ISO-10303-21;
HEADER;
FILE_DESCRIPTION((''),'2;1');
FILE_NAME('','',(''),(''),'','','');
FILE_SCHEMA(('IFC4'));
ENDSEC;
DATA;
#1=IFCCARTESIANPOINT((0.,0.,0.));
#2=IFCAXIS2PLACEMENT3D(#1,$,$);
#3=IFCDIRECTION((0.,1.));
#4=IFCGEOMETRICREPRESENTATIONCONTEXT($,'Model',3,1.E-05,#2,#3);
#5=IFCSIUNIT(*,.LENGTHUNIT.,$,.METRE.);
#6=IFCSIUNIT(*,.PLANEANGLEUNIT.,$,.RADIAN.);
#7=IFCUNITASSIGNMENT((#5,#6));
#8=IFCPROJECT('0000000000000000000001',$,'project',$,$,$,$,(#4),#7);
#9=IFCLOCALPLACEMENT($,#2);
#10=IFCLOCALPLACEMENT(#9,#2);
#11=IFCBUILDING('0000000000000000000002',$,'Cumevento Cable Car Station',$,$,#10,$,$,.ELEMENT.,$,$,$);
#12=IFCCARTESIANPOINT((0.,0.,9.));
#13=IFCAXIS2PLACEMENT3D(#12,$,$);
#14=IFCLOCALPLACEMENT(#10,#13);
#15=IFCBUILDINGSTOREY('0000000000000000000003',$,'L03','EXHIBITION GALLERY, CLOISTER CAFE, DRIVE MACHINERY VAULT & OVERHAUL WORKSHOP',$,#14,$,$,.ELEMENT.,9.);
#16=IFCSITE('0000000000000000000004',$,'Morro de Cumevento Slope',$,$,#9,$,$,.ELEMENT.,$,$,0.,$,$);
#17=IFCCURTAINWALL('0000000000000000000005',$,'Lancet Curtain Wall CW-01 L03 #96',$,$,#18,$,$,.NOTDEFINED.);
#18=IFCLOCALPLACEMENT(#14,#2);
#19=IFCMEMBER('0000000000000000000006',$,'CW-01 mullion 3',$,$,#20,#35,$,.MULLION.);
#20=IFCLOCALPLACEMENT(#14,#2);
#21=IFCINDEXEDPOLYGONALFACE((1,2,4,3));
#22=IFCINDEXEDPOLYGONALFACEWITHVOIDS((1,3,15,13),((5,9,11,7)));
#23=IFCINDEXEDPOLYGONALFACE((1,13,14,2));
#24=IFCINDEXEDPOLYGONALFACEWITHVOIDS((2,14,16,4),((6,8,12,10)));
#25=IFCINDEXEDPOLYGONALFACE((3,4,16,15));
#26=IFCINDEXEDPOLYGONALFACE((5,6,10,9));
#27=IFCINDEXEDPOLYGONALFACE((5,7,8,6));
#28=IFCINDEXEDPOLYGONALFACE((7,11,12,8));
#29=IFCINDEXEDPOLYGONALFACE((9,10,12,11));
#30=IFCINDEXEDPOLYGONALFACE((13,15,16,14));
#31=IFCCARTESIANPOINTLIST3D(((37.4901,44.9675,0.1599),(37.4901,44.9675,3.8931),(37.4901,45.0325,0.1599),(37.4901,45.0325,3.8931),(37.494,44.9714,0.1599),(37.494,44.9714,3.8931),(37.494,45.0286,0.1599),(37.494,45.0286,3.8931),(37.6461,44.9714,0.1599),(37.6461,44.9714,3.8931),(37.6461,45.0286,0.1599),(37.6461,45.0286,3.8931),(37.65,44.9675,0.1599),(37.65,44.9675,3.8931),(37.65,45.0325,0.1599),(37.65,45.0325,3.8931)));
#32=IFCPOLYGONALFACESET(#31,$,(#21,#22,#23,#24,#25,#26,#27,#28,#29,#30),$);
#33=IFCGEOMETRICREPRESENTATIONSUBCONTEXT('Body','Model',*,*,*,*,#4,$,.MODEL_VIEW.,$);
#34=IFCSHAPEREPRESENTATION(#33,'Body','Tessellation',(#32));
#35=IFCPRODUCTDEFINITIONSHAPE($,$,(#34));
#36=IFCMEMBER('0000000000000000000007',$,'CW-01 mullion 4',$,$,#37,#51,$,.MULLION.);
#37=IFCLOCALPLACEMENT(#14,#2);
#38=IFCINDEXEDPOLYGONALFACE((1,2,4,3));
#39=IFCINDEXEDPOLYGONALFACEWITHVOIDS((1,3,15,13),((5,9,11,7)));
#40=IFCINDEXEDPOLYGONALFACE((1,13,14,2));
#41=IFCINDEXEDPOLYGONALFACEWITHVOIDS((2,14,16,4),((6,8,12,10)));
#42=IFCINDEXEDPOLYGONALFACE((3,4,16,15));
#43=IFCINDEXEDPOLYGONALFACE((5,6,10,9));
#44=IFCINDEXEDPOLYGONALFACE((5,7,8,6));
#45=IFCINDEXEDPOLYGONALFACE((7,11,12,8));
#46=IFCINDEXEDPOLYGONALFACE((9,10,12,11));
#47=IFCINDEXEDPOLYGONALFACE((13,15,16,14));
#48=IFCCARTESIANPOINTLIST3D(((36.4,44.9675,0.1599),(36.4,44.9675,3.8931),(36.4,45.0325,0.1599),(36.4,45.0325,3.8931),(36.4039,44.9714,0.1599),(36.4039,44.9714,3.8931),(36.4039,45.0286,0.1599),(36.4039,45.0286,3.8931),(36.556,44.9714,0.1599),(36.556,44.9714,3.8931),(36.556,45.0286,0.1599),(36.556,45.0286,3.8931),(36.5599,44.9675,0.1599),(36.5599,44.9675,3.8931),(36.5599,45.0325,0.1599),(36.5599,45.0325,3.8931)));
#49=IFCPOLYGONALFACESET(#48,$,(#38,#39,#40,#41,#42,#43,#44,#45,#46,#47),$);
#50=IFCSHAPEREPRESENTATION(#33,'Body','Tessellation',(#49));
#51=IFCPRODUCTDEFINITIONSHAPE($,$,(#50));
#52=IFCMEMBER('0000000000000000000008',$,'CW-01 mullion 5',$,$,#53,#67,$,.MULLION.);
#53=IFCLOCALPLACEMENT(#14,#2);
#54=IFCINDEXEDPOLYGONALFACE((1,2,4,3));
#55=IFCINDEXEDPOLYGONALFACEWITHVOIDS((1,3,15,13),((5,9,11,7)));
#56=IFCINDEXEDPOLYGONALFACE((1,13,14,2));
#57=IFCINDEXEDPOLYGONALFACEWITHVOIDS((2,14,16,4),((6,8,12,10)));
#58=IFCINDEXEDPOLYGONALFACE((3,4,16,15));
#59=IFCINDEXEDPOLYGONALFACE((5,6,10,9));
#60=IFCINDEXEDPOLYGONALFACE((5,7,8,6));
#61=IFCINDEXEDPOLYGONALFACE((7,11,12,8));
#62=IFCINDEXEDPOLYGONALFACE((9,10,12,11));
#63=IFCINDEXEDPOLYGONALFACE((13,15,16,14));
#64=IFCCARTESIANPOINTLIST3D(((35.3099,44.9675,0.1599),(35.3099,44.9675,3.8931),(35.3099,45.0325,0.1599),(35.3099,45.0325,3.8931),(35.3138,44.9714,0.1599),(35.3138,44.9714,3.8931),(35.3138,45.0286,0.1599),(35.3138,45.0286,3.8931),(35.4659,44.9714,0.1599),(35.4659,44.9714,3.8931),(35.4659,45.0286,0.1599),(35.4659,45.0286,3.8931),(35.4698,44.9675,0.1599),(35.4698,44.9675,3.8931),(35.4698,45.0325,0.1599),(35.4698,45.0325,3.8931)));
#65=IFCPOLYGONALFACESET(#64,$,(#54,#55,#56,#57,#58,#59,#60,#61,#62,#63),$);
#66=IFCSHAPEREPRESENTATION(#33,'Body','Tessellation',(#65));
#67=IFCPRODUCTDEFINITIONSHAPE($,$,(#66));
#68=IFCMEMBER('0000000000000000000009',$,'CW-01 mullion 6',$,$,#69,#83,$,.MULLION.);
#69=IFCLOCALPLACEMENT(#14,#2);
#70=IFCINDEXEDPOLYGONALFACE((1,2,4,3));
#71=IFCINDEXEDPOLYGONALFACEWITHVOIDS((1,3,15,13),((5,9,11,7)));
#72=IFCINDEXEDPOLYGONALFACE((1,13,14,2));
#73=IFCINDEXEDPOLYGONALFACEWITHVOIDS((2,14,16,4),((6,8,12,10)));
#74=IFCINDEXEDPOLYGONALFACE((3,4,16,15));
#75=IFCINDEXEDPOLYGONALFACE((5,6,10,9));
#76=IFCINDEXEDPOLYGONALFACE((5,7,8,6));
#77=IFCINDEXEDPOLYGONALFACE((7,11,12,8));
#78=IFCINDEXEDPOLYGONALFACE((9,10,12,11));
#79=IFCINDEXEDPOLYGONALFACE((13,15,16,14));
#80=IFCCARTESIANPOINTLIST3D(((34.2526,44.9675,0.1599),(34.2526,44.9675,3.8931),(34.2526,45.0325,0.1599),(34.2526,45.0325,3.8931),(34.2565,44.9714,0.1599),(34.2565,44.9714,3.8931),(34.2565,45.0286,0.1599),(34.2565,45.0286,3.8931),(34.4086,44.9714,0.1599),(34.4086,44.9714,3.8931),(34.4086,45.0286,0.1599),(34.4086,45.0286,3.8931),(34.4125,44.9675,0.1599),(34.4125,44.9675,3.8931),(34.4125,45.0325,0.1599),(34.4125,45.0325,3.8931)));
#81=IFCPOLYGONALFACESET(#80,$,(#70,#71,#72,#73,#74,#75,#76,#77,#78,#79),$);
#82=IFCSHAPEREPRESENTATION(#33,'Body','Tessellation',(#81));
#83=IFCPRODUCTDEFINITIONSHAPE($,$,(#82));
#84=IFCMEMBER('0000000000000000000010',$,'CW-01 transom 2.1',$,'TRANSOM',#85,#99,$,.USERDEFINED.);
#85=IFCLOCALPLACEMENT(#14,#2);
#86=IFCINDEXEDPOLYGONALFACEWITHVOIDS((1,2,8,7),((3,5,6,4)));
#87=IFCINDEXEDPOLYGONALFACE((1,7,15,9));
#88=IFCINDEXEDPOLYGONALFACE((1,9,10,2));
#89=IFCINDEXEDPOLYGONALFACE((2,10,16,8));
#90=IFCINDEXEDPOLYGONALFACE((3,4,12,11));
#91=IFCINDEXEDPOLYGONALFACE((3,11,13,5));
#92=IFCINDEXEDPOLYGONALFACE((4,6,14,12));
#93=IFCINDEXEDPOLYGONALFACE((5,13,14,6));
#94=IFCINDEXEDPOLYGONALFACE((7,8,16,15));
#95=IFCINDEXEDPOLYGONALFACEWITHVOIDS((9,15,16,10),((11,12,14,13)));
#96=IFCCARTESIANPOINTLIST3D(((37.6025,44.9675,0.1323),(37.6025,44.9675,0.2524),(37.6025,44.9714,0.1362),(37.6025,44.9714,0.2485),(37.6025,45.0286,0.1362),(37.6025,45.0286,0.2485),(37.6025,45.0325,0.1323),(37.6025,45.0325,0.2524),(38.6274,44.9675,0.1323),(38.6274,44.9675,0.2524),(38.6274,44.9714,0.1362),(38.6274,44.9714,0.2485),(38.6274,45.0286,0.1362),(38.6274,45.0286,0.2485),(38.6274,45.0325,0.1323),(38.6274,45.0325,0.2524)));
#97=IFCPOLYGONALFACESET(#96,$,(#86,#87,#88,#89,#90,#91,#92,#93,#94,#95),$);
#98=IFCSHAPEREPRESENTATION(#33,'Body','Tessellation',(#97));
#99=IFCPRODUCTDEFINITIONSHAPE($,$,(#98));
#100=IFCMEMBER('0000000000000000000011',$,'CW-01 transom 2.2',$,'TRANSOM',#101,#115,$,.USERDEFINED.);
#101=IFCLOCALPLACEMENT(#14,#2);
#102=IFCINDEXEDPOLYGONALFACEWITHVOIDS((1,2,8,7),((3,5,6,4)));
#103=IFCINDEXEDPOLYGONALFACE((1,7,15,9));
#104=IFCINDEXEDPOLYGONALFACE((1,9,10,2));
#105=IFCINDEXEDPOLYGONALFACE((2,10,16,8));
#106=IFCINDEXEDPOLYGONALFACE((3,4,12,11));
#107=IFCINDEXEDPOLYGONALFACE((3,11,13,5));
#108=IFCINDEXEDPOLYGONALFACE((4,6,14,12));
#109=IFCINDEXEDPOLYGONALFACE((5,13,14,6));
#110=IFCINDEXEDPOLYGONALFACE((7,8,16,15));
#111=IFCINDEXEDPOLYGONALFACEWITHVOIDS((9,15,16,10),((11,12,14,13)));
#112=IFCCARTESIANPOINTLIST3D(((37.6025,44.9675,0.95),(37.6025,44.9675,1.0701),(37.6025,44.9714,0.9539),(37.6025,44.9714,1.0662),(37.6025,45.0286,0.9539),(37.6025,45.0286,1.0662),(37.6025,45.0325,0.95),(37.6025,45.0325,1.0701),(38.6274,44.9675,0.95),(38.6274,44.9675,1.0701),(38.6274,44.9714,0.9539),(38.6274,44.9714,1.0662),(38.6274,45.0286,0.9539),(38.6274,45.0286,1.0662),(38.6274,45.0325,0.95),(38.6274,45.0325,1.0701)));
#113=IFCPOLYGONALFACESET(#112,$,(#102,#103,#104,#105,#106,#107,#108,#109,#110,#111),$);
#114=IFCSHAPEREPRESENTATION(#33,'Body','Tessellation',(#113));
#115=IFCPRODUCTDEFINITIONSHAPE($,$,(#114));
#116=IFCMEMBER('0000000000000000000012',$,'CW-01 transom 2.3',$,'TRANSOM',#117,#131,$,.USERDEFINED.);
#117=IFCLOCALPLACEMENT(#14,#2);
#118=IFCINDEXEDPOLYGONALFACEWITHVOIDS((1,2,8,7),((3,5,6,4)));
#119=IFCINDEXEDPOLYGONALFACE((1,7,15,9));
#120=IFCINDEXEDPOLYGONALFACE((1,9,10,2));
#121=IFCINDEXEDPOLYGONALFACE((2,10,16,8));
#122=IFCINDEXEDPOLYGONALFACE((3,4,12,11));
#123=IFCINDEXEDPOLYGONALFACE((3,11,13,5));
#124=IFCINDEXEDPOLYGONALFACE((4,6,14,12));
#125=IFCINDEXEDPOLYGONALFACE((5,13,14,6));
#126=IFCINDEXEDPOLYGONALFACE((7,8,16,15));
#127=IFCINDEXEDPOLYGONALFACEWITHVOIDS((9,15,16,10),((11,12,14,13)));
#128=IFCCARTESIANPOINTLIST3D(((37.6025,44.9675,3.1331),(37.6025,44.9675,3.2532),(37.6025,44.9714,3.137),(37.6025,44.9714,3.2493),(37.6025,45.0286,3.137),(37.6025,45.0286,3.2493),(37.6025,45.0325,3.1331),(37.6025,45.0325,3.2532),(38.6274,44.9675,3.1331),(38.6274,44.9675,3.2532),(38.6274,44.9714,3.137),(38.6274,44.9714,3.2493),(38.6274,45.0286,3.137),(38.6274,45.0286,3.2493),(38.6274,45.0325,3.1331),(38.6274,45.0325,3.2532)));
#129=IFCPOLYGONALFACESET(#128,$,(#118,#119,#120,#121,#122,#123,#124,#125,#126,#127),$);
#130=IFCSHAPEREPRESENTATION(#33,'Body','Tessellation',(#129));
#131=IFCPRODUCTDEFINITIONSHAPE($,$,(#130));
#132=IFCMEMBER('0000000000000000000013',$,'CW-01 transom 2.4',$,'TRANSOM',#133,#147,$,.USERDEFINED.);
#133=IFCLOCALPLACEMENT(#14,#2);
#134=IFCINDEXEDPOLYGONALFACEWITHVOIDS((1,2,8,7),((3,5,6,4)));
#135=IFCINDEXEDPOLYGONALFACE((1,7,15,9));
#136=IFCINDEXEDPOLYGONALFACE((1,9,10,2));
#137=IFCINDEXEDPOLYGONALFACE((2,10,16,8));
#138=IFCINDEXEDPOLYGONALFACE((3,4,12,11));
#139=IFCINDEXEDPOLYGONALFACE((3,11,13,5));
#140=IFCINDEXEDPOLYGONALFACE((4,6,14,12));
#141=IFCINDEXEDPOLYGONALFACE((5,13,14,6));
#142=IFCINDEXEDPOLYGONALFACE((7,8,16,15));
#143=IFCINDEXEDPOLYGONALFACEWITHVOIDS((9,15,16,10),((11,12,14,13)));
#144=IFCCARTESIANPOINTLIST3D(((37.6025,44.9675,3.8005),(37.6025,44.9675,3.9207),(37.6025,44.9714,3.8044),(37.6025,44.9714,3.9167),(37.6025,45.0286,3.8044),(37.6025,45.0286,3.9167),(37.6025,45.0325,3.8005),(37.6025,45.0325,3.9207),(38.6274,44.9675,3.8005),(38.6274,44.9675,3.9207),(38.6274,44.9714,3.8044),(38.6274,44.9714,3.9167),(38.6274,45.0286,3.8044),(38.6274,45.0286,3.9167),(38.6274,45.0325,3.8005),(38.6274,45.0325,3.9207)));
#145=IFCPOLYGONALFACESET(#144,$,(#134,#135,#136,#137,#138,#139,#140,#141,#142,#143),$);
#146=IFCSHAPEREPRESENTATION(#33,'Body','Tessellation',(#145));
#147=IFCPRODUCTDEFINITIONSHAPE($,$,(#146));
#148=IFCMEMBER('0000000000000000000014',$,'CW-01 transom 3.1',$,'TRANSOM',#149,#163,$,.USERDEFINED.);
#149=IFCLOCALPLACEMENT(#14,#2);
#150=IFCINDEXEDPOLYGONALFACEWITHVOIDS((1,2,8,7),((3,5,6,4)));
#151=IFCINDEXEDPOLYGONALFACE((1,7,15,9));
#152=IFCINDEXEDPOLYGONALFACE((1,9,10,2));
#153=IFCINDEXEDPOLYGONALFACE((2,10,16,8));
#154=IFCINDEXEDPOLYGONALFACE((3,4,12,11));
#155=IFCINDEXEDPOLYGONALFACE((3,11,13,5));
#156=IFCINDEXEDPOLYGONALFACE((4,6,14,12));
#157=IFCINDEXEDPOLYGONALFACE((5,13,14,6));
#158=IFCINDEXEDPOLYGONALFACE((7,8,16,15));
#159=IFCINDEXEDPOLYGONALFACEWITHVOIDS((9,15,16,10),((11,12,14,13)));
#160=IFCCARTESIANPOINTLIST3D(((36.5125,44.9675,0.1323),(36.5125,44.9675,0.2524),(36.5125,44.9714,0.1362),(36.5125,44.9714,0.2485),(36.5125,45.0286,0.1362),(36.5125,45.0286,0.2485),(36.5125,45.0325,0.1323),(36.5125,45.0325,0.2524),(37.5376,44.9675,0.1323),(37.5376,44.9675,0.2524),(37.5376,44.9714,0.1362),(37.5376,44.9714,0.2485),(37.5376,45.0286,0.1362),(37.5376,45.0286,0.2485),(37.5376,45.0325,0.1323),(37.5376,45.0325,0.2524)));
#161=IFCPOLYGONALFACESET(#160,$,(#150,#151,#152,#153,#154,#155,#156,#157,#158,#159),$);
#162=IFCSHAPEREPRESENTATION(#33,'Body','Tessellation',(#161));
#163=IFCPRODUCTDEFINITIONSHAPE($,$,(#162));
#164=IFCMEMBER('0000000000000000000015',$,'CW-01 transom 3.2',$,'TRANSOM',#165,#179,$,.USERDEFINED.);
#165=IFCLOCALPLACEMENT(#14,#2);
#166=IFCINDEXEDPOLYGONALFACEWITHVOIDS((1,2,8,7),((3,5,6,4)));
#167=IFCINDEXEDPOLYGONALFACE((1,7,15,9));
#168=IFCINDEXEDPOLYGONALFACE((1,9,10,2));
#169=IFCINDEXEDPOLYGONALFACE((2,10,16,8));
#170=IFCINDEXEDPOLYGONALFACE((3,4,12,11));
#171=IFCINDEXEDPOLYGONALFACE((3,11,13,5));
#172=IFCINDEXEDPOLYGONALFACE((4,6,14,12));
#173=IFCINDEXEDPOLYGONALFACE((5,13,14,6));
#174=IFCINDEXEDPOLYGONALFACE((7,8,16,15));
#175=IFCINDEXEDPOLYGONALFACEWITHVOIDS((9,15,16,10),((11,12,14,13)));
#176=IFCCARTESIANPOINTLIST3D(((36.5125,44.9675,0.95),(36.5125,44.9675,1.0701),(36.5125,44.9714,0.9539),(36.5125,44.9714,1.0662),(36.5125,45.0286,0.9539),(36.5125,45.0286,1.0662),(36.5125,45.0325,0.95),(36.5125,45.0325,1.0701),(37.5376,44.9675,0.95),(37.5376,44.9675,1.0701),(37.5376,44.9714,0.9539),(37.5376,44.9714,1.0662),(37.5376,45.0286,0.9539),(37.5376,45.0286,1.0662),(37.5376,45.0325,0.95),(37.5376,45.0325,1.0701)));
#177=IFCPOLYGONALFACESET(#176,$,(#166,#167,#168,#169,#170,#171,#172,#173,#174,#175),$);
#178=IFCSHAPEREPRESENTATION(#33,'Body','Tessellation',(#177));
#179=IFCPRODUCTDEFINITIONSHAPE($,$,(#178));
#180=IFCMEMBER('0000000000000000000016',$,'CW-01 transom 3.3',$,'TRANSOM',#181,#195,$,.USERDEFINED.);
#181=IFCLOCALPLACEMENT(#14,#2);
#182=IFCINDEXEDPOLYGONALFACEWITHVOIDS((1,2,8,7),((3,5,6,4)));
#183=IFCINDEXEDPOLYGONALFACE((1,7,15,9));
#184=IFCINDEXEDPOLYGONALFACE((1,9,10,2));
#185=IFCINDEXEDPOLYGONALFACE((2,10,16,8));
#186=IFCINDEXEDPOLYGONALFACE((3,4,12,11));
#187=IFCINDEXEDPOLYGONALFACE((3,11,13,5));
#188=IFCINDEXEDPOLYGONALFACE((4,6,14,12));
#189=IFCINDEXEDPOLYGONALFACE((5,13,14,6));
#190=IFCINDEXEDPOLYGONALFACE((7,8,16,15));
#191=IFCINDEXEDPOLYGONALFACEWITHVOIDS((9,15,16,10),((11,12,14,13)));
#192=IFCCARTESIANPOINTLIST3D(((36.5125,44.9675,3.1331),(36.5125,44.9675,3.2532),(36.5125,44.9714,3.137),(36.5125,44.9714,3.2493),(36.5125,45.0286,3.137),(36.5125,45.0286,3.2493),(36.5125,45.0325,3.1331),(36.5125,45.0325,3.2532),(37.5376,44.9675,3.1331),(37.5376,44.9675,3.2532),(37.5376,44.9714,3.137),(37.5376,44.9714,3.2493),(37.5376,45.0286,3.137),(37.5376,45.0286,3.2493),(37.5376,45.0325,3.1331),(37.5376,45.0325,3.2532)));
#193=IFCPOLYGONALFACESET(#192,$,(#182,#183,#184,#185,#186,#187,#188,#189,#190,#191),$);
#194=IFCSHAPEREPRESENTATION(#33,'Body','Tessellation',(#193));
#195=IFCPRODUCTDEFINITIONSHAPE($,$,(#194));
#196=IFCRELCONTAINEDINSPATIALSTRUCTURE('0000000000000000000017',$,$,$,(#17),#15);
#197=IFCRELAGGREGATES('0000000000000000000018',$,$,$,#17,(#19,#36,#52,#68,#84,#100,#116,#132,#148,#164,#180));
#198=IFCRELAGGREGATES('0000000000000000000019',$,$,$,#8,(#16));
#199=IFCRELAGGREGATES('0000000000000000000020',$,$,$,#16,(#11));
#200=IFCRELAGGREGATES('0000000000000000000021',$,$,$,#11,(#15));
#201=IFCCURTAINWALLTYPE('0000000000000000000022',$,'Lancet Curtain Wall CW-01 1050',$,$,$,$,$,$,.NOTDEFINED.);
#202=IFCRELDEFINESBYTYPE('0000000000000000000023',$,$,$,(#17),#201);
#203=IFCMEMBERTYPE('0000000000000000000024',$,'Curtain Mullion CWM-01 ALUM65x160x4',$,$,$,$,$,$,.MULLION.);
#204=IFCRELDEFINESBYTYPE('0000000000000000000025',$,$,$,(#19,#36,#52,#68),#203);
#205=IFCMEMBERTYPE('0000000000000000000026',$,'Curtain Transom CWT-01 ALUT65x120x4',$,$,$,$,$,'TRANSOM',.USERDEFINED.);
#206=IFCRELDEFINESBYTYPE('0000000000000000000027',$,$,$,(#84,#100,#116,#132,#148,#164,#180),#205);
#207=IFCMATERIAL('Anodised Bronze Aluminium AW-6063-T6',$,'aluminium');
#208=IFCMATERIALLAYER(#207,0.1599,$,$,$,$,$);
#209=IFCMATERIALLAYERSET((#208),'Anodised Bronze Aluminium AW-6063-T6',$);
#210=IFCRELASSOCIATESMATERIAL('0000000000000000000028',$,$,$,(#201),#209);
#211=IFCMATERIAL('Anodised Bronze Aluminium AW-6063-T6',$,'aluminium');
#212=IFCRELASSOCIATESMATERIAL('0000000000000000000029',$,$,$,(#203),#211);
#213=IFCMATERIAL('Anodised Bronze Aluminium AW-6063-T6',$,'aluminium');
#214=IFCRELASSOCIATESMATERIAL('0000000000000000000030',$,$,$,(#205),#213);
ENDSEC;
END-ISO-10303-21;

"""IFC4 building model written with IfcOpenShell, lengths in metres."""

from ifc_helpers import new_model, si_unit, direction, frame, origin, origin_2d, place, context, subcontext, project, spatial, hollow_rectangle, extrude, material, layer, layer_set, material_profile, profile_set, type_object, element, aggregate, save


model = new_model("IFC4")

# Units and contexts
model_context = context("Model", 3, precision=1e-05, world=origin(), true_north=direction((0.0, 1.0)))
body_context = subcontext(model_context, "Body", "Model", "MODEL_VIEW")
ifc_project = project(units=[si_unit("LENGTHUNIT", "METRE"), si_unit("PLANEANGLEUNIT", "RADIAN")], contexts=[model_context])

# Site, building, storey
site_placement = place(None, origin())
site = spatial("IfcSite", under=ifc_project, at=site_placement, Name="Morro de Cumevento Slope", CompositionType="ELEMENT", RefElevation=0.0)
building_placement = place(site_placement, origin())
building = spatial("IfcBuilding", under=site, at=building_placement, Name="Cumevento Cable Car Station", CompositionType="ELEMENT")
storey_placement = place(building_placement, frame((0.0, 0.0, 9.0)))
storey = spatial("IfcBuildingStorey", under=building, at=storey_placement, Name="L03", Description="EXHIBITION GALLERY, CLOISTER CAFE, DRIVE MACHINERY VAULT & OVERHAUL WORKSHOP", CompositionType="ELEMENT", Elevation=9.0)

# Curtain wall, members
ifc_material_1 = material(Name="Anodised Bronze Aluminium AW-6063-T6", Category="aluminium")
ifc_layer_1 = layer(ifc_material_1, 0.1599)
ifc_layer_set_1 = layer_set([ifc_layer_1], Name="Anodised Bronze Aluminium AW-6063-T6")
curtain_wall_type = type_object("IfcCurtainWallType", Name="Lancet Curtain Wall CW-01 1050", PredefinedType="NOTDEFINED", material=ifc_layer_set_1)
curtain_wall_placement = place(storey_placement, origin())
curtain_wall = element("IfcCurtainWall", 1, at=curtain_wall_placement, inside=storey, type_object=curtain_wall_type, Name="Lancet Curtain Wall CW-01 L03 #96", PredefinedType="NOTDEFINED")
ifc_material_2 = material(Name="Anodised Bronze Aluminium AW-6063-T6", Category="aluminium")
ifc_material_profile_1 = material_profile(ifc_material_2, hollow_rectangle(XDim=0.0649, YDim=0.1599, WallThickness=0.0039, at=origin_2d()), Name="ALUM65x160x4")
ifc_profile_set_1 = profile_set([ifc_material_profile_1], Name="Anodised Bronze Aluminium AW-6063-T6")
member_type_1 = type_object("IfcMemberType", Name="Curtain Mullion CWM-01 ALUM65x160x4", PredefinedType="MULLION", material=ifc_profile_set_1)
member_1_placement = place(storey_placement, frame((37.5701, 45.0, 0.1599), z_axis=(0.0, 0.0, 1.0), x_axis=(0.0, -1.0, 0.0)))
member_1 = element("IfcMember", 2, at=member_1_placement, type_object=member_type_1, Name="CW-01 mullion 3", PredefinedType="MULLION", context=body_context, shape_type="SweptSolid", body=[
    extrude(hollow_rectangle(XDim=0.0649, YDim=0.1599, WallThickness=0.0039, at=origin_2d()), origin(), (0.0, 0.0, 1.0), 3.7332),
])
member_2_placement = place(storey_placement, frame((36.48, 45.0, 0.1599), z_axis=(0.0, 0.0, 1.0), x_axis=(0.0, -1.0, 0.0)))
member_2 = element("IfcMember", 3, at=member_2_placement, type_object=member_type_1, Name="CW-01 mullion 4", PredefinedType="MULLION", context=body_context, shape_type="SweptSolid", body=[
    extrude(hollow_rectangle(XDim=0.0649, YDim=0.1599, WallThickness=0.0039, at=origin_2d()), origin(), (0.0, 0.0, 1.0), 3.7332),
])
member_3_placement = place(storey_placement, frame((35.3899, 45.0, 0.1599), z_axis=(0.0, 0.0, 1.0), x_axis=(0.0, -1.0, 0.0)))
member_3 = element("IfcMember", 4, at=member_3_placement, type_object=member_type_1, Name="CW-01 mullion 5", PredefinedType="MULLION", context=body_context, shape_type="SweptSolid", body=[
    extrude(hollow_rectangle(XDim=0.0649, YDim=0.1599, WallThickness=0.0039, at=origin_2d()), origin(), (0.0, 0.0, 1.0), 3.7332),
])
member_4_placement = place(storey_placement, frame((34.3325, 45.0, 0.1599), z_axis=(0.0, 0.0, 1.0), x_axis=(0.0, -1.0, 0.0)))
member_4 = element("IfcMember", 5, at=member_4_placement, type_object=member_type_1, Name="CW-01 mullion 6", PredefinedType="MULLION", context=body_context, shape_type="SweptSolid", body=[
    extrude(hollow_rectangle(XDim=0.0649, YDim=0.1599, WallThickness=0.0039, at=origin_2d()), origin(), (0.0, 0.0, 1.0), 3.7332),
])
ifc_material_3 = material(Name="Anodised Bronze Aluminium AW-6063-T6", Category="aluminium")
ifc_material_profile_2 = material_profile(ifc_material_3, hollow_rectangle(XDim=0.0649, YDim=0.1201, WallThickness=0.0039, at=origin_2d()), Name="ALUT65x120x4")
ifc_profile_set_2 = profile_set([ifc_material_profile_2], Name="Anodised Bronze Aluminium AW-6063-T6")
member_type_2 = type_object("IfcMemberType", Name="Curtain Transom CWT-01 ALUT65x120x4", ElementType="TRANSOM", PredefinedType="USERDEFINED", material=ifc_profile_set_2)
member_5_placement = place(storey_placement, frame((38.6274, 45.0, 0.1924), z_axis=(-1.0, 0.0, 0.0), x_axis=(0.0, -1.0, 0.0)))
member_5 = element("IfcMember", 6, at=member_5_placement, type_object=member_type_2, Name="CW-01 transom 2.1", ObjectType="TRANSOM", PredefinedType="USERDEFINED", context=body_context, shape_type="SweptSolid", body=[
    extrude(hollow_rectangle(XDim=0.0649, YDim=0.1201, WallThickness=0.0039, at=origin_2d()), origin(), (0.0, 0.0, 1.0), 1.0249),
])
member_6_placement = place(storey_placement, frame((38.6274, 45.0, 1.01), z_axis=(-1.0, 0.0, 0.0), x_axis=(0.0, -1.0, 0.0)))
member_6 = element("IfcMember", 7, at=member_6_placement, type_object=member_type_2, Name="CW-01 transom 2.2", ObjectType="TRANSOM", PredefinedType="USERDEFINED", context=body_context, shape_type="SweptSolid", body=[
    extrude(hollow_rectangle(XDim=0.0649, YDim=0.1201, WallThickness=0.0039, at=origin_2d()), origin(), (0.0, 0.0, 1.0), 1.0249),
])
member_7_placement = place(storey_placement, frame((38.6274, 45.0, 3.1931), z_axis=(-1.0, 0.0, 0.0), x_axis=(0.0, -1.0, 0.0)))
member_7 = element("IfcMember", 8, at=member_7_placement, type_object=member_type_2, Name="CW-01 transom 2.3", ObjectType="TRANSOM", PredefinedType="USERDEFINED", context=body_context, shape_type="SweptSolid", body=[
    extrude(hollow_rectangle(XDim=0.0649, YDim=0.1201, WallThickness=0.0039, at=origin_2d()), origin(), (0.0, 0.0, 1.0), 1.0249),
])
member_8_placement = place(storey_placement, frame((38.6274, 45.0, 3.8606), z_axis=(-1.0, 0.0, 0.0), x_axis=(0.0, -1.0, 0.0)))
member_8 = element("IfcMember", 9, at=member_8_placement, type_object=member_type_2, Name="CW-01 transom 2.4", ObjectType="TRANSOM", PredefinedType="USERDEFINED", context=body_context, shape_type="SweptSolid", body=[
    extrude(hollow_rectangle(XDim=0.0649, YDim=0.1201, WallThickness=0.0039, at=origin_2d()), origin(), (0.0, 0.0, 1.0), 1.0249),
])
member_9_placement = place(storey_placement, frame((37.5376, 45.0, 0.1924), z_axis=(-1.0, 0.0, 0.0), x_axis=(0.0, -1.0, 0.0)))
member_9 = element("IfcMember", 10, at=member_9_placement, type_object=member_type_2, Name="CW-01 transom 3.1", ObjectType="TRANSOM", PredefinedType="USERDEFINED", context=body_context, shape_type="SweptSolid", body=[
    extrude(hollow_rectangle(XDim=0.0649, YDim=0.1201, WallThickness=0.0039, at=origin_2d()), origin(), (0.0, 0.0, 1.0), 1.0251),
])
member_10_placement = place(storey_placement, frame((37.5376, 45.0, 1.01), z_axis=(-1.0, 0.0, 0.0), x_axis=(0.0, -1.0, 0.0)))
member_10 = element("IfcMember", 11, at=member_10_placement, type_object=member_type_2, Name="CW-01 transom 3.2", ObjectType="TRANSOM", PredefinedType="USERDEFINED", context=body_context, shape_type="SweptSolid", body=[
    extrude(hollow_rectangle(XDim=0.0649, YDim=0.1201, WallThickness=0.0039, at=origin_2d()), origin(), (0.0, 0.0, 1.0), 1.0251),
])
member_11_placement = place(storey_placement, frame((37.5376, 45.0, 3.1931), z_axis=(-1.0, 0.0, 0.0), x_axis=(0.0, -1.0, 0.0)))
member_11 = element("IfcMember", 12, at=member_11_placement, type_object=member_type_2, Name="CW-01 transom 3.3", ObjectType="TRANSOM", PredefinedType="USERDEFINED", context=body_context, shape_type="SweptSolid", body=[
    extrude(hollow_rectangle(XDim=0.0649, YDim=0.1201, WallThickness=0.0039, at=origin_2d()), origin(), (0.0, 0.0, 1.0), 1.0251),
])

aggregate(curtain_wall, [member_1, member_2, member_3, member_4, member_5, member_6, member_7, member_8, member_9, member_10, member_11])

save(model, "model.ifc")
